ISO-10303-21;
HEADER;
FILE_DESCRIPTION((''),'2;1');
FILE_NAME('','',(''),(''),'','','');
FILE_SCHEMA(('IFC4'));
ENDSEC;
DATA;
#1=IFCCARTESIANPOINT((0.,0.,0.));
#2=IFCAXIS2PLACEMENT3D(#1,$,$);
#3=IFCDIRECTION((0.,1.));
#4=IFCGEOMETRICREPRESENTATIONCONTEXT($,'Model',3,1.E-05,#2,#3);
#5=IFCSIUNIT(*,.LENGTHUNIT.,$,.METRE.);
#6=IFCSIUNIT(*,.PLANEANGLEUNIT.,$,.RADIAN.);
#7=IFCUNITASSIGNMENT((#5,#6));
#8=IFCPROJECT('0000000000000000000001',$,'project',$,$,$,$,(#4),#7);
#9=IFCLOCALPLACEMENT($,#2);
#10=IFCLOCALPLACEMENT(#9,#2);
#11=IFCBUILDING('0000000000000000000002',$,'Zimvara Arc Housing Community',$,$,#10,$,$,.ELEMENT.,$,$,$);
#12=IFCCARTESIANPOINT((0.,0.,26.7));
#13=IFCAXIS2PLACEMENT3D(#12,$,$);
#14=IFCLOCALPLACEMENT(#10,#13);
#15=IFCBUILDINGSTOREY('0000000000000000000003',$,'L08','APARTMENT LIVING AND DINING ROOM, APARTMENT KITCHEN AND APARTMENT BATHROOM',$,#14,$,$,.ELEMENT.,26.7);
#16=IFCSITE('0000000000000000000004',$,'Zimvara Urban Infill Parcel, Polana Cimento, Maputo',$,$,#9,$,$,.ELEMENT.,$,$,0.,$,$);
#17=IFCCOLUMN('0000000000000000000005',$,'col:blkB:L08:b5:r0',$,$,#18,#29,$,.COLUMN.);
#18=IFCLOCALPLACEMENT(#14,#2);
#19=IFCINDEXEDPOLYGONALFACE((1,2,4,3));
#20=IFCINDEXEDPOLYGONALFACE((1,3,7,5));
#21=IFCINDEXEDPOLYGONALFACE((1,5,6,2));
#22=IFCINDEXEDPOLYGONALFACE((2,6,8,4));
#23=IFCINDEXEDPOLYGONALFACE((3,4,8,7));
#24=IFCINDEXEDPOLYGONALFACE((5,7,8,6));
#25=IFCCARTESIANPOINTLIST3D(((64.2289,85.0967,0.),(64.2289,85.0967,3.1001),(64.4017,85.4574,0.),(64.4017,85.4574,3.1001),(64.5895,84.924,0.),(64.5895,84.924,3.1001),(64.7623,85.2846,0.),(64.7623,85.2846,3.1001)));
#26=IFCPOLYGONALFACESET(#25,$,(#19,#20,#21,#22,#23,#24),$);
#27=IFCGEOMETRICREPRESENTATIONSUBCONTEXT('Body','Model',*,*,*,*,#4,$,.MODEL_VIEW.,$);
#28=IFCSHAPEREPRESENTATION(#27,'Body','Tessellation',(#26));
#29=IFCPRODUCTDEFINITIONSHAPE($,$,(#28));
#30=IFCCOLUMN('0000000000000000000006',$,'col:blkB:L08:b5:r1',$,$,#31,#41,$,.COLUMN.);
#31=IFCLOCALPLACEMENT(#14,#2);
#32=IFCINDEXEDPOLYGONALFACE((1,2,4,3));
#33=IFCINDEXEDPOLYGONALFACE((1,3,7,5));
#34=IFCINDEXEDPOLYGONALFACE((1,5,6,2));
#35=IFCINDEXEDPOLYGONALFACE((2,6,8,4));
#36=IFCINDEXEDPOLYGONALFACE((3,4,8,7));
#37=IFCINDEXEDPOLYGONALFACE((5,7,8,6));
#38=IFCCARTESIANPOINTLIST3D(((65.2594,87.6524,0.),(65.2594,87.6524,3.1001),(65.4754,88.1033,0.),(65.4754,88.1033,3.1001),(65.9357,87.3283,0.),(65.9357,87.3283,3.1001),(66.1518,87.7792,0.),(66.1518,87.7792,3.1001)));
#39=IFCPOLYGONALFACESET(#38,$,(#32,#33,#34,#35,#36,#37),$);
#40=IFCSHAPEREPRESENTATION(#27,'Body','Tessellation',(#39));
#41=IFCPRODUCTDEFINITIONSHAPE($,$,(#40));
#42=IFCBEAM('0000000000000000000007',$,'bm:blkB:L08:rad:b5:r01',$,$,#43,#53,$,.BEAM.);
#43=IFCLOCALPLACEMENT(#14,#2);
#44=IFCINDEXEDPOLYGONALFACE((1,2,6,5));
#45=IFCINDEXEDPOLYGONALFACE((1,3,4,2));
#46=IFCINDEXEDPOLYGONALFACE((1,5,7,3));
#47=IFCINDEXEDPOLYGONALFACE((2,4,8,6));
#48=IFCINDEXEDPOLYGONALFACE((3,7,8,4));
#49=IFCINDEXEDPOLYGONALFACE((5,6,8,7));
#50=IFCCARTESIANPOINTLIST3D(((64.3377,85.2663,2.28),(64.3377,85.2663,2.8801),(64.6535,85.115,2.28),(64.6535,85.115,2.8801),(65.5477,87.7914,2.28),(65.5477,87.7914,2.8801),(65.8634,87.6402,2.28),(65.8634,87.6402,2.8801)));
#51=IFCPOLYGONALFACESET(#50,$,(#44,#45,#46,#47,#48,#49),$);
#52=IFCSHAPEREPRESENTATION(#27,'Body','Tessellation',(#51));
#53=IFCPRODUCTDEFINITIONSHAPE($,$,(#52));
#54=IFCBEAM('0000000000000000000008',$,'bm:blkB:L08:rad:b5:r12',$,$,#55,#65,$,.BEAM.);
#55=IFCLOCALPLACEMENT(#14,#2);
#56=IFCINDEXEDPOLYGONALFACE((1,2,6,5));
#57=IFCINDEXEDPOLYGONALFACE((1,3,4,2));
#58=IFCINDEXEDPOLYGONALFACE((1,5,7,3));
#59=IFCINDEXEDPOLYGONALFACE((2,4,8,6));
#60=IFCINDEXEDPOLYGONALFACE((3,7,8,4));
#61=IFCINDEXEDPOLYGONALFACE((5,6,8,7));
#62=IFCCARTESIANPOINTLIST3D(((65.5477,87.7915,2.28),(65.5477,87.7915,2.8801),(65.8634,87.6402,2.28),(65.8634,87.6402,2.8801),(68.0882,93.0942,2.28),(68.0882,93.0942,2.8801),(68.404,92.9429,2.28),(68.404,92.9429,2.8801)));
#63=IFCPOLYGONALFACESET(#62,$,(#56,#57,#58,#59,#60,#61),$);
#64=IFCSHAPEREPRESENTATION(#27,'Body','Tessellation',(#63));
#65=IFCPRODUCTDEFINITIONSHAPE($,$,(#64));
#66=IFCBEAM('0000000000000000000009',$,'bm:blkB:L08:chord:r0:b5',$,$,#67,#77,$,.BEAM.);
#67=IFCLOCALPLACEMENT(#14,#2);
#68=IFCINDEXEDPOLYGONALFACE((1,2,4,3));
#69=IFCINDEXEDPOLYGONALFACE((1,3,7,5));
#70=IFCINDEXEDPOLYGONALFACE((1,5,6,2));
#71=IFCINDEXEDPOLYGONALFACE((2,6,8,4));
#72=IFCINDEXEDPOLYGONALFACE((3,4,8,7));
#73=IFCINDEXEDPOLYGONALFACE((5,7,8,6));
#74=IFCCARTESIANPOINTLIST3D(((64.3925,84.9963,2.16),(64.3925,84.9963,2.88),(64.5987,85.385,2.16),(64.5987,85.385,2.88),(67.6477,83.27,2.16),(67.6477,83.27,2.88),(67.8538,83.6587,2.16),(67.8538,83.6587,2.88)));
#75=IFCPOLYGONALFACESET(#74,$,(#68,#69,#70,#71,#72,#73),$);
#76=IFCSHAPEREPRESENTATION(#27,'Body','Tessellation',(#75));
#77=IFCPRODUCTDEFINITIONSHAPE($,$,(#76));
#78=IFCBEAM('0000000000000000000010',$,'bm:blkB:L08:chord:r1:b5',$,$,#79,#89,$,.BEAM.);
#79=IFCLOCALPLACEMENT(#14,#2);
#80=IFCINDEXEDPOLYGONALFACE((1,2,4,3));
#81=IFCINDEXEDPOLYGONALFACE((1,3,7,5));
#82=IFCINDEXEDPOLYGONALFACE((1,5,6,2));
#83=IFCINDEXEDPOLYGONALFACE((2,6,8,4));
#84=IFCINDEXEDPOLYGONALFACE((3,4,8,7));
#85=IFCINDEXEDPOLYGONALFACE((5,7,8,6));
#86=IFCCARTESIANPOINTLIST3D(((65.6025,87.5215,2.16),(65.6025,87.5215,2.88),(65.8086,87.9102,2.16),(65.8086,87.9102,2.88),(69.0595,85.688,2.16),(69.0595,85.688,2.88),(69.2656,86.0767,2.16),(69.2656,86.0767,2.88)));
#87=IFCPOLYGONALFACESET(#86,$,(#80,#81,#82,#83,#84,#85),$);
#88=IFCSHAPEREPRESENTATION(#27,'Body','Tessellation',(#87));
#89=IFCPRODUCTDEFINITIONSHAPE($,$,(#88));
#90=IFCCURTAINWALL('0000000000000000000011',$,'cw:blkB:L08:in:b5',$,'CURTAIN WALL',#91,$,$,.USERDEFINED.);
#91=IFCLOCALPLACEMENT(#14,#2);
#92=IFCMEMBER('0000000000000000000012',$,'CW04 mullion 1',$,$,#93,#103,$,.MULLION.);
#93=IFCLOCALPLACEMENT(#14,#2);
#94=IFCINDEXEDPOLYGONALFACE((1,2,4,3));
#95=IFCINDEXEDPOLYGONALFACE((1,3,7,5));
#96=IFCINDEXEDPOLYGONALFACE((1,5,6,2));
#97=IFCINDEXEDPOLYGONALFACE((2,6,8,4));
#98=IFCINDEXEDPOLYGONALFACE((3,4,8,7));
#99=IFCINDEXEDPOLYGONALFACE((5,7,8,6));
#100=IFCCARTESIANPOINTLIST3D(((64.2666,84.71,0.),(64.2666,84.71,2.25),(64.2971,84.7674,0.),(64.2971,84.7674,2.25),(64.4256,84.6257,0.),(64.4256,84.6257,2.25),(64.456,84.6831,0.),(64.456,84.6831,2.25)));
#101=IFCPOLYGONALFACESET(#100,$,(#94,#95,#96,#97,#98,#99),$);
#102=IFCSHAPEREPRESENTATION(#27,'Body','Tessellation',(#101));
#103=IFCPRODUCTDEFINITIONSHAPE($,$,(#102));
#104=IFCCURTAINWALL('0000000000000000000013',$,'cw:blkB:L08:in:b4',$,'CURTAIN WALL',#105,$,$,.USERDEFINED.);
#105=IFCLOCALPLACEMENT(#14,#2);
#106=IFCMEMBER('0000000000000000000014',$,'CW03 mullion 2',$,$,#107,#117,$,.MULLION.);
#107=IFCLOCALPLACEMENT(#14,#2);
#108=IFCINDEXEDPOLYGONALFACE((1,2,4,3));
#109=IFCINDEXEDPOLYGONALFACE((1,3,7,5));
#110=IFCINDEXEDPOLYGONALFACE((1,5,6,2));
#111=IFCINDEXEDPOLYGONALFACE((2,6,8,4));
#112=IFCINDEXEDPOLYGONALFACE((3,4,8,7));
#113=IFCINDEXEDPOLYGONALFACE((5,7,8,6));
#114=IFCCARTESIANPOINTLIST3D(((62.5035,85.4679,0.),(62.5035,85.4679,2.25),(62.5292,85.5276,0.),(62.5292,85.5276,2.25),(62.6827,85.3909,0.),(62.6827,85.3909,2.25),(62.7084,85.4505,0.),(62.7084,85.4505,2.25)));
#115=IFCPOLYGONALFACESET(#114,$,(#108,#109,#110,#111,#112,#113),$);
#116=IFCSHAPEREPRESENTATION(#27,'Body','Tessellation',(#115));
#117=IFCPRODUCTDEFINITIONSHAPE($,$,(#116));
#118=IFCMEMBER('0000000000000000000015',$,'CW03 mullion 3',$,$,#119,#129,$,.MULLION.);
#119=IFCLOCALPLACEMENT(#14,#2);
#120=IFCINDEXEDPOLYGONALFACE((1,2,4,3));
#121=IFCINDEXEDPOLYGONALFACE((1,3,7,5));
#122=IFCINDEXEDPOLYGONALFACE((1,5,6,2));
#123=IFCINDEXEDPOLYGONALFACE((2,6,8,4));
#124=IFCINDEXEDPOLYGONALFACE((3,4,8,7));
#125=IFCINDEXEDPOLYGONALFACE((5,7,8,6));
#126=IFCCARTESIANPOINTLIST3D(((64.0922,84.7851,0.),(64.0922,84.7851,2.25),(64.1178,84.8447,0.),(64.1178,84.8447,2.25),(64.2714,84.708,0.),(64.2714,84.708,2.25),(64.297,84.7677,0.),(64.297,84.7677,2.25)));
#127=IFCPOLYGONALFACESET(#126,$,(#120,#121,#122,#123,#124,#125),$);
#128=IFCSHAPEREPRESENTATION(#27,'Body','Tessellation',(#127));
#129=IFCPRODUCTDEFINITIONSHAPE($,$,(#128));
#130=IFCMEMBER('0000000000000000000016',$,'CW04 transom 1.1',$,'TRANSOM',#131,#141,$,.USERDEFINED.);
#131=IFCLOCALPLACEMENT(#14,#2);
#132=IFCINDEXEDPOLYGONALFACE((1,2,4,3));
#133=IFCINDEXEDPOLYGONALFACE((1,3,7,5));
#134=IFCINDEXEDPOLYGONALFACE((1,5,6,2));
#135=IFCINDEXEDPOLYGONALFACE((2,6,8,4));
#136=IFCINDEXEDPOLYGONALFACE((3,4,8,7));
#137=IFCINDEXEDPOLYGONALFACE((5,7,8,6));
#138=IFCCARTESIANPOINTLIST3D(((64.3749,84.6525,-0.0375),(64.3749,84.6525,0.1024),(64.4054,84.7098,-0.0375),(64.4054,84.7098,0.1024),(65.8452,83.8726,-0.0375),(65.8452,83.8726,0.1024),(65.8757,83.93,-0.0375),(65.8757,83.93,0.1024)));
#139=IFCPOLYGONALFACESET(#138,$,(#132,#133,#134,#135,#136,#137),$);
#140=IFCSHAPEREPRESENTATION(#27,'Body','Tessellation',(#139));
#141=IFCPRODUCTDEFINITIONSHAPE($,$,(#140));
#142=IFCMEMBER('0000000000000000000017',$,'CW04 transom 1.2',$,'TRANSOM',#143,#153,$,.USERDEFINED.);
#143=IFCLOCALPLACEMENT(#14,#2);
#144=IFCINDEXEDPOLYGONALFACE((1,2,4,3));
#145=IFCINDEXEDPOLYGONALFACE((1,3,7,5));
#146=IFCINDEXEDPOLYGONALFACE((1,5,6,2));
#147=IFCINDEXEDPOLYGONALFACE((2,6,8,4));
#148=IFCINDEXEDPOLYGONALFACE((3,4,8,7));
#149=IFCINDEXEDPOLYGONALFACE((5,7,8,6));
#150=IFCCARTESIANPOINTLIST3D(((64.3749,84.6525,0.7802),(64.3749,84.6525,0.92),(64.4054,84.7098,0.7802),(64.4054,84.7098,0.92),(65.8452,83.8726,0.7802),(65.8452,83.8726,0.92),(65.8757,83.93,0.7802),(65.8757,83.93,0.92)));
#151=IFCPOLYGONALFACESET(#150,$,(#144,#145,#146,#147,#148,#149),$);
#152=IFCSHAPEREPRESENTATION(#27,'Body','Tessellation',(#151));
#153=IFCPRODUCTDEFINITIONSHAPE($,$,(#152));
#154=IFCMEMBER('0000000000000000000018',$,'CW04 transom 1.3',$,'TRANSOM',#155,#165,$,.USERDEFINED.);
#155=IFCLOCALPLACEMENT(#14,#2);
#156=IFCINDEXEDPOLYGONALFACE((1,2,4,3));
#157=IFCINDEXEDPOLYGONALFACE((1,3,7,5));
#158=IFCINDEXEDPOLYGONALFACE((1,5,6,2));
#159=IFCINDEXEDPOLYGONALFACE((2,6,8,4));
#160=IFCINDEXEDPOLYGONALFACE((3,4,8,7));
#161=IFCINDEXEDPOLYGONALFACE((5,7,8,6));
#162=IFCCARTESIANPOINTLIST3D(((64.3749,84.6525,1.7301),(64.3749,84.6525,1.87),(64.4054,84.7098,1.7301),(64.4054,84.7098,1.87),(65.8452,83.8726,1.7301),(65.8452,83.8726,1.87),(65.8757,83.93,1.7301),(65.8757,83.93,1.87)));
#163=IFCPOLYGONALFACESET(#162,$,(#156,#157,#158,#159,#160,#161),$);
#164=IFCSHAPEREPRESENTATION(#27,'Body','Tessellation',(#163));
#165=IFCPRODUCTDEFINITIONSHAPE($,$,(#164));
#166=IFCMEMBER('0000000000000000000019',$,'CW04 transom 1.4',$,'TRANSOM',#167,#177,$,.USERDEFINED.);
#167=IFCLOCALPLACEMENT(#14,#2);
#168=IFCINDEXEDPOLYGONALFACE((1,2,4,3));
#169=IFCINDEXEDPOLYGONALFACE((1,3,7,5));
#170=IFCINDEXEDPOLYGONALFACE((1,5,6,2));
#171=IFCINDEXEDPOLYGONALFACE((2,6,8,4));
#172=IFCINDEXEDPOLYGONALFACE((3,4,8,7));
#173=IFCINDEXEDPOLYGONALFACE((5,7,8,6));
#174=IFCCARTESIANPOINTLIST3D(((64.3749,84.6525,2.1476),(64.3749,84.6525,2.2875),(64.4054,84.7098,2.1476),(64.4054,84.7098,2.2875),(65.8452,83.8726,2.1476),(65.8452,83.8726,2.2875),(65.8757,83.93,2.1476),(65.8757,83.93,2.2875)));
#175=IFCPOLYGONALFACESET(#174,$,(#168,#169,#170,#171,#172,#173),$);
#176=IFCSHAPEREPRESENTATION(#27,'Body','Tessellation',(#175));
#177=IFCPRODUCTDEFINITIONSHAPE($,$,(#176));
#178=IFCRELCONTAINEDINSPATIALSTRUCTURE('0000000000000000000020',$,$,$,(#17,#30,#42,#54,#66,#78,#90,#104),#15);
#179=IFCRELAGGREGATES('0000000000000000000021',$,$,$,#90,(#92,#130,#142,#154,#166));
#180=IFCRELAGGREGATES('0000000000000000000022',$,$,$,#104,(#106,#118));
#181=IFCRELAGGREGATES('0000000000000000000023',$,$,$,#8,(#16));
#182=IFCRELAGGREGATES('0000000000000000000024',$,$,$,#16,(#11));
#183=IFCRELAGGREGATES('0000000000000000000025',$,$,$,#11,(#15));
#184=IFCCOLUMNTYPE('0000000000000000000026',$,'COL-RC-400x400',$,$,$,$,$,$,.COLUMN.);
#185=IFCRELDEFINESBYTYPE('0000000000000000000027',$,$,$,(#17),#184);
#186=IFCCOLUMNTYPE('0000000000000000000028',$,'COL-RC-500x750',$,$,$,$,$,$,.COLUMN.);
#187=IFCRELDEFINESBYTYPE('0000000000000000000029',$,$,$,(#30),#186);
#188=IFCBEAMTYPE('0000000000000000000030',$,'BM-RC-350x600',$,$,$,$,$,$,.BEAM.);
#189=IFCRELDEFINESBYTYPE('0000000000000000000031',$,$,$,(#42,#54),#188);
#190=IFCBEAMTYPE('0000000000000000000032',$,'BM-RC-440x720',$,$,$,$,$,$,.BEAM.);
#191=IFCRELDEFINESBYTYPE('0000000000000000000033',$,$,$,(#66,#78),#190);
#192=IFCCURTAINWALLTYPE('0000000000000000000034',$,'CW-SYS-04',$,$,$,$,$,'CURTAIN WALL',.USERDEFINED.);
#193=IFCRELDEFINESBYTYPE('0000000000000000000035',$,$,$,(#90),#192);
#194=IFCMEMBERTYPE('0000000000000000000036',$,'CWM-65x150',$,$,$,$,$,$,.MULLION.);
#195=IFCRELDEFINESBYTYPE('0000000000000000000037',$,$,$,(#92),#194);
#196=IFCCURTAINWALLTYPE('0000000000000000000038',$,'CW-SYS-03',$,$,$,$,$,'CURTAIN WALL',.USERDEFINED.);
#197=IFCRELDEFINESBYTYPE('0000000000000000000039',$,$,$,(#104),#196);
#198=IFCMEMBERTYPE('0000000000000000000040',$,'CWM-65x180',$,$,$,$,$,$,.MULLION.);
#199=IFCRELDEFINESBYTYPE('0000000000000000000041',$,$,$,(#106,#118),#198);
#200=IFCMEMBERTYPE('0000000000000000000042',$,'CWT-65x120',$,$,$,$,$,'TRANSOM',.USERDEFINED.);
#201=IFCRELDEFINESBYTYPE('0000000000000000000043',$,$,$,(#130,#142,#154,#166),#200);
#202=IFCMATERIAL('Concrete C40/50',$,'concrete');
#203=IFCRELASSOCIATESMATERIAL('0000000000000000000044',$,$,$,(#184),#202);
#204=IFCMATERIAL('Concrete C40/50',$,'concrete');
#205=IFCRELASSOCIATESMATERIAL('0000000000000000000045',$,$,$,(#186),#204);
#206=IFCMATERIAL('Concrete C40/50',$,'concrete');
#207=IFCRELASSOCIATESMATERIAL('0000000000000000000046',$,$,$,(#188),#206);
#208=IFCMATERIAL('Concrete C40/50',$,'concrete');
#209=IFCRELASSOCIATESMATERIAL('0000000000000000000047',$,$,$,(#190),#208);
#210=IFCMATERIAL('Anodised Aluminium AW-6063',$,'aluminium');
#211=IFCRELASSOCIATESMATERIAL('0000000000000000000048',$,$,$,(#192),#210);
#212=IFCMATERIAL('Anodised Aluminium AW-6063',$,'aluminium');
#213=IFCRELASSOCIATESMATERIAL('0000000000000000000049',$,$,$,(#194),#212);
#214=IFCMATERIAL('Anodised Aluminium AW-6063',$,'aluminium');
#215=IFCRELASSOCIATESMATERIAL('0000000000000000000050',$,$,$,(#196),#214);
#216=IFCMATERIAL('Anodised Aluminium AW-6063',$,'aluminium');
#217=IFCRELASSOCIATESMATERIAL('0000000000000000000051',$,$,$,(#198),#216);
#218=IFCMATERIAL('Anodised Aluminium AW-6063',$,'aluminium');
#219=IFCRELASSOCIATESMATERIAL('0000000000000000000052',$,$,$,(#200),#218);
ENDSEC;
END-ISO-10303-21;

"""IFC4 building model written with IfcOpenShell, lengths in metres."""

from ifc_helpers import new_model, si_unit, direction, frame, origin, origin_2d, place, context, subcontext, project, spatial, rectangle, extrude, material, material_profile, profile_set, type_object, element, aggregate, save


model = new_model("IFC4")

# Units and contexts
model_context = context("Model", 3, precision=1e-05, world=origin(), true_north=direction((0.0, 1.0)))
body_context = subcontext(model_context, "Body", "Model", "MODEL_VIEW")
ifc_project = project(units=[si_unit("LENGTHUNIT", "METRE"), si_unit("PLANEANGLEUNIT", "RADIAN")], contexts=[model_context])

# Site, building, storey
site_placement = place(None, origin())
site = spatial("IfcSite", under=ifc_project, at=site_placement, Name="Zimvara Urban Infill Parcel, Polana Cimento, Maputo", CompositionType="ELEMENT", RefElevation=0.0)
building_placement = place(site_placement, origin())
building = spatial("IfcBuilding", under=site, at=building_placement, Name="Zimvara Arc Housing Community", CompositionType="ELEMENT")
storey_placement = place(building_placement, frame((0.0, 0.0, 26.7)))
storey = spatial("IfcBuildingStorey", under=building, at=storey_placement, Name="L08", Description="APARTMENT LIVING AND DINING ROOM, APARTMENT KITCHEN AND APARTMENT BATHROOM", CompositionType="ELEMENT", Elevation=26.7)

# Columns
ifc_material_1 = material(Name="Concrete C40/50", Category="concrete")
ifc_material_profile_1 = material_profile(ifc_material_1, rectangle(XDim=0.3999, YDim=0.3999, at=origin_2d()), Name="RC 400x400")
ifc_profile_set_1 = profile_set([ifc_material_profile_1], Name="Concrete C40/50")
column_type_1 = type_object("IfcColumnType", Name="COL-RC-400x400", PredefinedType="COLUMN", material=ifc_profile_set_1)
column_1_placement = place(storey_placement, frame((64.4956, 85.1907, 0.0), z_axis=(0.0, 0.0, 1.0), x_axis=(0.432086, 0.901833, 0.0)))
element("IfcColumn", 1, at=column_1_placement, inside=storey, type_object=column_type_1, Name="col:blkB:L08:b5:r0", PredefinedType="COLUMN", context=body_context, shape_type="SweptSolid", body=[
    extrude(rectangle(XDim=0.3999, YDim=0.3999, at=origin_2d()), origin(), (0.0, 0.0, 1.0), 3.1001),
])
ifc_material_2 = material(Name="Concrete C40/50", Category="concrete")
ifc_material_profile_2 = material_profile(ifc_material_2, rectangle(XDim=0.5, YDim=0.75, at=origin_2d()), Name="RC 500x750")
ifc_profile_set_2 = profile_set([ifc_material_profile_2], Name="Concrete C40/50")
column_type_2 = type_object("IfcColumnType", Name="COL-RC-500x750", PredefinedType="COLUMN", material=ifc_profile_set_2)
column_2_placement = place(storey_placement, frame((65.7056, 87.7158, 0.0), z_axis=(0.0, 0.0, 1.0), x_axis=(0.432086, 0.901833, 0.0)))
element("IfcColumn", 2, at=column_2_placement, inside=storey, type_object=column_type_2, Name="col:blkB:L08:b5:r1", PredefinedType="COLUMN", context=body_context, shape_type="SweptSolid", body=[
    extrude(rectangle(XDim=0.5, YDim=0.75, at=origin_2d()), origin(), (0.0, 0.0, 1.0), 3.1001),
])

# Beams
ifc_material_3 = material(Name="Concrete C40/50", Category="concrete")
ifc_material_profile_3 = material_profile(ifc_material_3, rectangle(XDim=0.3501, YDim=0.6001, at=origin_2d()), Name="RC 350x600")
ifc_profile_set_3 = profile_set([ifc_material_profile_3], Name="Concrete C40/50")
beam_type_1 = type_object("IfcBeamType", Name="BM-RC-350x600", PredefinedType="BEAM", material=ifc_profile_set_3)
beam_1_placement = place(storey_placement, frame((64.4956, 85.1907, 2.5801), z_axis=(0.432119, 0.901817, 0.0), x_axis=(-0.901817, 0.432119, 0.0)))
element("IfcBeam", 3, at=beam_1_placement, inside=storey, type_object=beam_type_1, Name="bm:blkB:L08:rad:b5:r01", PredefinedType="BEAM", context=body_context, shape_type="SweptSolid", body=[
    extrude(rectangle(XDim=0.3501, YDim=0.6001, at=origin_2d()), origin(), (0.0, 0.0, 1.0), 2.8),
])
beam_2_placement = place(storey_placement, frame((65.7056, 87.7158, 2.5801), z_axis=(0.43207, 0.90184, 0.0), x_axis=(-0.90184, 0.43207, 0.0)))
element("IfcBeam", 4, at=beam_2_placement, inside=storey, type_object=beam_type_1, Name="bm:blkB:L08:rad:b5:r12", PredefinedType="BEAM", context=body_context, shape_type="SweptSolid", body=[
    extrude(rectangle(XDim=0.3501, YDim=0.6001, at=origin_2d()), origin(), (0.0, 0.0, 1.0), 5.8799),
])
ifc_material_4 = material(Name="Concrete C40/50", Category="concrete")
ifc_material_profile_4 = material_profile(ifc_material_4, rectangle(XDim=0.4399, YDim=0.72, at=origin_2d()), Name="RC 440x720")
ifc_profile_set_4 = profile_set([ifc_material_profile_4], Name="Concrete C40/50")
beam_type_2 = type_object("IfcBeamType", Name="BM-RC-440x720", PredefinedType="BEAM", material=ifc_profile_set_4)
beam_3_placement = place(storey_placement, frame((64.4956, 85.1907, 2.52), z_axis=(0.883449, -0.468527, 0.0), x_axis=(0.468527, 0.883449, 0.0)))
element("IfcBeam", 5, at=beam_3_placement, inside=storey, type_object=beam_type_2, Name="bm:blkB:L08:chord:r0:b5", PredefinedType="BEAM", context=body_context, shape_type="SweptSolid", body=[
    extrude(rectangle(XDim=0.4399, YDim=0.72, at=origin_2d()), origin(), (0.0, 0.0, 1.0), 3.6846),
])
beam_4_placement = place(storey_placement, frame((65.7056, 87.7158, 2.52), z_axis=(0.883439, -0.468547, 0.0), x_axis=(0.468547, 0.883439, 0.0)))
element("IfcBeam", 6, at=beam_4_placement, inside=storey, type_object=beam_type_2, Name="bm:blkB:L08:chord:r1:b5", PredefinedType="BEAM", context=body_context, shape_type="SweptSolid", body=[
    extrude(rectangle(XDim=0.4399, YDim=0.72, at=origin_2d()), origin(), (0.0, 0.0, 1.0), 3.9131),
])

# Curtain wall, member
ifc_material_5 = material(Name="Anodised Aluminium AW-6063", Category="aluminium")
curtain_wall_type_1 = type_object("IfcCurtainWallType", Name="CW-SYS-04", ElementType="CURTAIN WALL", PredefinedType="USERDEFINED", material=ifc_material_5)
curtain_wall_1_placement = place(storey_placement, origin())
curtain_wall_1 = element("IfcCurtainWall", 7, at=curtain_wall_1_placement, inside=storey, type_object=curtain_wall_type_1, Name="cw:blkB:L08:in:b5", ObjectType="CURTAIN WALL", PredefinedType="USERDEFINED")
ifc_material_6 = material(Name="Anodised Aluminium AW-6063", Category="aluminium")
ifc_material_profile_5 = material_profile(ifc_material_6, rectangle(XDim=0.0649, YDim=0.1799, at=origin_2d()), Name="ALU 65x180")
ifc_profile_set_5 = profile_set([ifc_material_profile_5], Name="Anodised Aluminium AW-6063")
member_type_1 = type_object("IfcMemberType", Name="CWM-65x150", PredefinedType="MULLION", material=ifc_profile_set_5)
member_1_placement = place(storey_placement, frame((64.3613, 84.6965, 0.0), z_axis=(0.0, 0.0, 1.0), x_axis=(0.468545, 0.88344, 0.0)))
member_1 = element("IfcMember", 8, at=member_1_placement, type_object=member_type_1, Name="CW04 mullion 1", PredefinedType="MULLION", context=body_context, shape_type="SweptSolid", body=[
    extrude(rectangle(XDim=0.0649, YDim=0.1799, at=origin_2d()), origin(), (0.0, 0.0, 1.0), 2.25),
])

# Curtain wall, members
ifc_material_7 = material(Name="Anodised Aluminium AW-6063", Category="aluminium")
curtain_wall_type_2 = type_object("IfcCurtainWallType", Name="CW-SYS-03", ElementType="CURTAIN WALL", PredefinedType="USERDEFINED", material=ifc_material_7)
curtain_wall_2_placement = place(storey_placement, origin())
curtain_wall_2 = element("IfcCurtainWall", 9, at=curtain_wall_2_placement, inside=storey, type_object=curtain_wall_type_2, Name="cw:blkB:L08:in:b4", ObjectType="CURTAIN WALL", PredefinedType="USERDEFINED")
ifc_material_8 = material(Name="Anodised Aluminium AW-6063", Category="aluminium")
ifc_material_profile_6 = material_profile(ifc_material_8, rectangle(XDim=0.0649, YDim=0.1951, at=origin_2d()), Name="ALU 65x195")
ifc_profile_set_6 = profile_set([ifc_material_profile_6], Name="Anodised Aluminium AW-6063")
member_type_2 = type_object("IfcMemberType", Name="CWM-65x180", PredefinedType="MULLION", material=ifc_profile_set_6)
member_2_placement = place(storey_placement, frame((62.606, 85.4592, 0.0), z_axis=(0.0, 0.0, 1.0), x_axis=(0.394904, 0.918722, 0.0)))
member_2 = element("IfcMember", 10, at=member_2_placement, type_object=member_type_2, Name="CW03 mullion 2", PredefinedType="MULLION", context=body_context, shape_type="SweptSolid", body=[
    extrude(rectangle(XDim=0.0649, YDim=0.1951, at=origin_2d()), origin(), (0.0, 0.0, 1.0), 2.25),
])
member_3_placement = place(storey_placement, frame((64.1946, 84.7764, 0.0), z_axis=(0.0, 0.0, 1.0), x_axis=(0.394904, 0.918722, 0.0)))
member_3 = element("IfcMember", 11, at=member_3_placement, type_object=member_type_2, Name="CW03 mullion 3", PredefinedType="MULLION", context=body_context, shape_type="SweptSolid", body=[
    extrude(rectangle(XDim=0.0649, YDim=0.1951, at=origin_2d()), origin(), (0.0, 0.0, 1.0), 2.25),
])

# Members
ifc_material_9 = material(Name="Anodised Aluminium AW-6063", Category="aluminium")
ifc_material_profile_7 = material_profile(ifc_material_9, rectangle(XDim=0.0649, YDim=0.1399, at=origin_2d()), Name="ALU 65x140")
ifc_profile_set_7 = profile_set([ifc_material_profile_7], Name="Anodised Aluminium AW-6063")
member_type_3 = type_object("IfcMemberType", Name="CWT-65x120", ElementType="TRANSOM", PredefinedType="USERDEFINED", material=ifc_profile_set_7)
member_4_placement = place(storey_placement, frame((64.3901, 84.6812, 0.0325), z_axis=(0.883431, -0.468562, 0.0), x_axis=(0.468562, 0.883431, 0.0)))
member_4 = element("IfcMember", 12, at=member_4_placement, type_object=member_type_3, Name="CW04 transom 1.1", ObjectType="TRANSOM", PredefinedType="USERDEFINED", context=body_context, shape_type="SweptSolid", body=[
    extrude(rectangle(XDim=0.0649, YDim=0.1399, at=origin_2d()), origin(), (0.0, 0.0, 1.0), 1.6643),
])
member_5_placement = place(storey_placement, frame((64.3901, 84.6812, 0.8501), z_axis=(0.883431, -0.468562, 0.0), x_axis=(0.468562, 0.883431, 0.0)))
member_5 = element("IfcMember", 13, at=member_5_placement, type_object=member_type_3, Name="CW04 transom 1.2", ObjectType="TRANSOM", PredefinedType="USERDEFINED", context=body_context, shape_type="SweptSolid", body=[
    extrude(rectangle(XDim=0.0649, YDim=0.1399, at=origin_2d()), origin(), (0.0, 0.0, 1.0), 1.6643),
])
member_6_placement = place(storey_placement, frame((64.3901, 84.6812, 1.8), z_axis=(0.883431, -0.468562, 0.0), x_axis=(0.468562, 0.883431, 0.0)))
member_6 = element("IfcMember", 14, at=member_6_placement, type_object=member_type_3, Name="CW04 transom 1.3", ObjectType="TRANSOM", PredefinedType="USERDEFINED", context=body_context, shape_type="SweptSolid", body=[
    extrude(rectangle(XDim=0.0649, YDim=0.1399, at=origin_2d()), origin(), (0.0, 0.0, 1.0), 1.6643),
])
member_7_placement = place(storey_placement, frame((64.3901, 84.6812, 2.2175), z_axis=(0.883431, -0.468562, 0.0), x_axis=(0.468562, 0.883431, 0.0)))
member_7 = element("IfcMember", 15, at=member_7_placement, type_object=member_type_3, Name="CW04 transom 1.4", ObjectType="TRANSOM", PredefinedType="USERDEFINED", context=body_context, shape_type="SweptSolid", body=[
    extrude(rectangle(XDim=0.0649, YDim=0.1399, at=origin_2d()), origin(), (0.0, 0.0, 1.0), 1.6643),
])
aggregate(curtain_wall_1, [member_1, member_4, member_5, member_6, member_7])

aggregate(curtain_wall_2, [member_2, member_3])

save(model, "model.ifc")
